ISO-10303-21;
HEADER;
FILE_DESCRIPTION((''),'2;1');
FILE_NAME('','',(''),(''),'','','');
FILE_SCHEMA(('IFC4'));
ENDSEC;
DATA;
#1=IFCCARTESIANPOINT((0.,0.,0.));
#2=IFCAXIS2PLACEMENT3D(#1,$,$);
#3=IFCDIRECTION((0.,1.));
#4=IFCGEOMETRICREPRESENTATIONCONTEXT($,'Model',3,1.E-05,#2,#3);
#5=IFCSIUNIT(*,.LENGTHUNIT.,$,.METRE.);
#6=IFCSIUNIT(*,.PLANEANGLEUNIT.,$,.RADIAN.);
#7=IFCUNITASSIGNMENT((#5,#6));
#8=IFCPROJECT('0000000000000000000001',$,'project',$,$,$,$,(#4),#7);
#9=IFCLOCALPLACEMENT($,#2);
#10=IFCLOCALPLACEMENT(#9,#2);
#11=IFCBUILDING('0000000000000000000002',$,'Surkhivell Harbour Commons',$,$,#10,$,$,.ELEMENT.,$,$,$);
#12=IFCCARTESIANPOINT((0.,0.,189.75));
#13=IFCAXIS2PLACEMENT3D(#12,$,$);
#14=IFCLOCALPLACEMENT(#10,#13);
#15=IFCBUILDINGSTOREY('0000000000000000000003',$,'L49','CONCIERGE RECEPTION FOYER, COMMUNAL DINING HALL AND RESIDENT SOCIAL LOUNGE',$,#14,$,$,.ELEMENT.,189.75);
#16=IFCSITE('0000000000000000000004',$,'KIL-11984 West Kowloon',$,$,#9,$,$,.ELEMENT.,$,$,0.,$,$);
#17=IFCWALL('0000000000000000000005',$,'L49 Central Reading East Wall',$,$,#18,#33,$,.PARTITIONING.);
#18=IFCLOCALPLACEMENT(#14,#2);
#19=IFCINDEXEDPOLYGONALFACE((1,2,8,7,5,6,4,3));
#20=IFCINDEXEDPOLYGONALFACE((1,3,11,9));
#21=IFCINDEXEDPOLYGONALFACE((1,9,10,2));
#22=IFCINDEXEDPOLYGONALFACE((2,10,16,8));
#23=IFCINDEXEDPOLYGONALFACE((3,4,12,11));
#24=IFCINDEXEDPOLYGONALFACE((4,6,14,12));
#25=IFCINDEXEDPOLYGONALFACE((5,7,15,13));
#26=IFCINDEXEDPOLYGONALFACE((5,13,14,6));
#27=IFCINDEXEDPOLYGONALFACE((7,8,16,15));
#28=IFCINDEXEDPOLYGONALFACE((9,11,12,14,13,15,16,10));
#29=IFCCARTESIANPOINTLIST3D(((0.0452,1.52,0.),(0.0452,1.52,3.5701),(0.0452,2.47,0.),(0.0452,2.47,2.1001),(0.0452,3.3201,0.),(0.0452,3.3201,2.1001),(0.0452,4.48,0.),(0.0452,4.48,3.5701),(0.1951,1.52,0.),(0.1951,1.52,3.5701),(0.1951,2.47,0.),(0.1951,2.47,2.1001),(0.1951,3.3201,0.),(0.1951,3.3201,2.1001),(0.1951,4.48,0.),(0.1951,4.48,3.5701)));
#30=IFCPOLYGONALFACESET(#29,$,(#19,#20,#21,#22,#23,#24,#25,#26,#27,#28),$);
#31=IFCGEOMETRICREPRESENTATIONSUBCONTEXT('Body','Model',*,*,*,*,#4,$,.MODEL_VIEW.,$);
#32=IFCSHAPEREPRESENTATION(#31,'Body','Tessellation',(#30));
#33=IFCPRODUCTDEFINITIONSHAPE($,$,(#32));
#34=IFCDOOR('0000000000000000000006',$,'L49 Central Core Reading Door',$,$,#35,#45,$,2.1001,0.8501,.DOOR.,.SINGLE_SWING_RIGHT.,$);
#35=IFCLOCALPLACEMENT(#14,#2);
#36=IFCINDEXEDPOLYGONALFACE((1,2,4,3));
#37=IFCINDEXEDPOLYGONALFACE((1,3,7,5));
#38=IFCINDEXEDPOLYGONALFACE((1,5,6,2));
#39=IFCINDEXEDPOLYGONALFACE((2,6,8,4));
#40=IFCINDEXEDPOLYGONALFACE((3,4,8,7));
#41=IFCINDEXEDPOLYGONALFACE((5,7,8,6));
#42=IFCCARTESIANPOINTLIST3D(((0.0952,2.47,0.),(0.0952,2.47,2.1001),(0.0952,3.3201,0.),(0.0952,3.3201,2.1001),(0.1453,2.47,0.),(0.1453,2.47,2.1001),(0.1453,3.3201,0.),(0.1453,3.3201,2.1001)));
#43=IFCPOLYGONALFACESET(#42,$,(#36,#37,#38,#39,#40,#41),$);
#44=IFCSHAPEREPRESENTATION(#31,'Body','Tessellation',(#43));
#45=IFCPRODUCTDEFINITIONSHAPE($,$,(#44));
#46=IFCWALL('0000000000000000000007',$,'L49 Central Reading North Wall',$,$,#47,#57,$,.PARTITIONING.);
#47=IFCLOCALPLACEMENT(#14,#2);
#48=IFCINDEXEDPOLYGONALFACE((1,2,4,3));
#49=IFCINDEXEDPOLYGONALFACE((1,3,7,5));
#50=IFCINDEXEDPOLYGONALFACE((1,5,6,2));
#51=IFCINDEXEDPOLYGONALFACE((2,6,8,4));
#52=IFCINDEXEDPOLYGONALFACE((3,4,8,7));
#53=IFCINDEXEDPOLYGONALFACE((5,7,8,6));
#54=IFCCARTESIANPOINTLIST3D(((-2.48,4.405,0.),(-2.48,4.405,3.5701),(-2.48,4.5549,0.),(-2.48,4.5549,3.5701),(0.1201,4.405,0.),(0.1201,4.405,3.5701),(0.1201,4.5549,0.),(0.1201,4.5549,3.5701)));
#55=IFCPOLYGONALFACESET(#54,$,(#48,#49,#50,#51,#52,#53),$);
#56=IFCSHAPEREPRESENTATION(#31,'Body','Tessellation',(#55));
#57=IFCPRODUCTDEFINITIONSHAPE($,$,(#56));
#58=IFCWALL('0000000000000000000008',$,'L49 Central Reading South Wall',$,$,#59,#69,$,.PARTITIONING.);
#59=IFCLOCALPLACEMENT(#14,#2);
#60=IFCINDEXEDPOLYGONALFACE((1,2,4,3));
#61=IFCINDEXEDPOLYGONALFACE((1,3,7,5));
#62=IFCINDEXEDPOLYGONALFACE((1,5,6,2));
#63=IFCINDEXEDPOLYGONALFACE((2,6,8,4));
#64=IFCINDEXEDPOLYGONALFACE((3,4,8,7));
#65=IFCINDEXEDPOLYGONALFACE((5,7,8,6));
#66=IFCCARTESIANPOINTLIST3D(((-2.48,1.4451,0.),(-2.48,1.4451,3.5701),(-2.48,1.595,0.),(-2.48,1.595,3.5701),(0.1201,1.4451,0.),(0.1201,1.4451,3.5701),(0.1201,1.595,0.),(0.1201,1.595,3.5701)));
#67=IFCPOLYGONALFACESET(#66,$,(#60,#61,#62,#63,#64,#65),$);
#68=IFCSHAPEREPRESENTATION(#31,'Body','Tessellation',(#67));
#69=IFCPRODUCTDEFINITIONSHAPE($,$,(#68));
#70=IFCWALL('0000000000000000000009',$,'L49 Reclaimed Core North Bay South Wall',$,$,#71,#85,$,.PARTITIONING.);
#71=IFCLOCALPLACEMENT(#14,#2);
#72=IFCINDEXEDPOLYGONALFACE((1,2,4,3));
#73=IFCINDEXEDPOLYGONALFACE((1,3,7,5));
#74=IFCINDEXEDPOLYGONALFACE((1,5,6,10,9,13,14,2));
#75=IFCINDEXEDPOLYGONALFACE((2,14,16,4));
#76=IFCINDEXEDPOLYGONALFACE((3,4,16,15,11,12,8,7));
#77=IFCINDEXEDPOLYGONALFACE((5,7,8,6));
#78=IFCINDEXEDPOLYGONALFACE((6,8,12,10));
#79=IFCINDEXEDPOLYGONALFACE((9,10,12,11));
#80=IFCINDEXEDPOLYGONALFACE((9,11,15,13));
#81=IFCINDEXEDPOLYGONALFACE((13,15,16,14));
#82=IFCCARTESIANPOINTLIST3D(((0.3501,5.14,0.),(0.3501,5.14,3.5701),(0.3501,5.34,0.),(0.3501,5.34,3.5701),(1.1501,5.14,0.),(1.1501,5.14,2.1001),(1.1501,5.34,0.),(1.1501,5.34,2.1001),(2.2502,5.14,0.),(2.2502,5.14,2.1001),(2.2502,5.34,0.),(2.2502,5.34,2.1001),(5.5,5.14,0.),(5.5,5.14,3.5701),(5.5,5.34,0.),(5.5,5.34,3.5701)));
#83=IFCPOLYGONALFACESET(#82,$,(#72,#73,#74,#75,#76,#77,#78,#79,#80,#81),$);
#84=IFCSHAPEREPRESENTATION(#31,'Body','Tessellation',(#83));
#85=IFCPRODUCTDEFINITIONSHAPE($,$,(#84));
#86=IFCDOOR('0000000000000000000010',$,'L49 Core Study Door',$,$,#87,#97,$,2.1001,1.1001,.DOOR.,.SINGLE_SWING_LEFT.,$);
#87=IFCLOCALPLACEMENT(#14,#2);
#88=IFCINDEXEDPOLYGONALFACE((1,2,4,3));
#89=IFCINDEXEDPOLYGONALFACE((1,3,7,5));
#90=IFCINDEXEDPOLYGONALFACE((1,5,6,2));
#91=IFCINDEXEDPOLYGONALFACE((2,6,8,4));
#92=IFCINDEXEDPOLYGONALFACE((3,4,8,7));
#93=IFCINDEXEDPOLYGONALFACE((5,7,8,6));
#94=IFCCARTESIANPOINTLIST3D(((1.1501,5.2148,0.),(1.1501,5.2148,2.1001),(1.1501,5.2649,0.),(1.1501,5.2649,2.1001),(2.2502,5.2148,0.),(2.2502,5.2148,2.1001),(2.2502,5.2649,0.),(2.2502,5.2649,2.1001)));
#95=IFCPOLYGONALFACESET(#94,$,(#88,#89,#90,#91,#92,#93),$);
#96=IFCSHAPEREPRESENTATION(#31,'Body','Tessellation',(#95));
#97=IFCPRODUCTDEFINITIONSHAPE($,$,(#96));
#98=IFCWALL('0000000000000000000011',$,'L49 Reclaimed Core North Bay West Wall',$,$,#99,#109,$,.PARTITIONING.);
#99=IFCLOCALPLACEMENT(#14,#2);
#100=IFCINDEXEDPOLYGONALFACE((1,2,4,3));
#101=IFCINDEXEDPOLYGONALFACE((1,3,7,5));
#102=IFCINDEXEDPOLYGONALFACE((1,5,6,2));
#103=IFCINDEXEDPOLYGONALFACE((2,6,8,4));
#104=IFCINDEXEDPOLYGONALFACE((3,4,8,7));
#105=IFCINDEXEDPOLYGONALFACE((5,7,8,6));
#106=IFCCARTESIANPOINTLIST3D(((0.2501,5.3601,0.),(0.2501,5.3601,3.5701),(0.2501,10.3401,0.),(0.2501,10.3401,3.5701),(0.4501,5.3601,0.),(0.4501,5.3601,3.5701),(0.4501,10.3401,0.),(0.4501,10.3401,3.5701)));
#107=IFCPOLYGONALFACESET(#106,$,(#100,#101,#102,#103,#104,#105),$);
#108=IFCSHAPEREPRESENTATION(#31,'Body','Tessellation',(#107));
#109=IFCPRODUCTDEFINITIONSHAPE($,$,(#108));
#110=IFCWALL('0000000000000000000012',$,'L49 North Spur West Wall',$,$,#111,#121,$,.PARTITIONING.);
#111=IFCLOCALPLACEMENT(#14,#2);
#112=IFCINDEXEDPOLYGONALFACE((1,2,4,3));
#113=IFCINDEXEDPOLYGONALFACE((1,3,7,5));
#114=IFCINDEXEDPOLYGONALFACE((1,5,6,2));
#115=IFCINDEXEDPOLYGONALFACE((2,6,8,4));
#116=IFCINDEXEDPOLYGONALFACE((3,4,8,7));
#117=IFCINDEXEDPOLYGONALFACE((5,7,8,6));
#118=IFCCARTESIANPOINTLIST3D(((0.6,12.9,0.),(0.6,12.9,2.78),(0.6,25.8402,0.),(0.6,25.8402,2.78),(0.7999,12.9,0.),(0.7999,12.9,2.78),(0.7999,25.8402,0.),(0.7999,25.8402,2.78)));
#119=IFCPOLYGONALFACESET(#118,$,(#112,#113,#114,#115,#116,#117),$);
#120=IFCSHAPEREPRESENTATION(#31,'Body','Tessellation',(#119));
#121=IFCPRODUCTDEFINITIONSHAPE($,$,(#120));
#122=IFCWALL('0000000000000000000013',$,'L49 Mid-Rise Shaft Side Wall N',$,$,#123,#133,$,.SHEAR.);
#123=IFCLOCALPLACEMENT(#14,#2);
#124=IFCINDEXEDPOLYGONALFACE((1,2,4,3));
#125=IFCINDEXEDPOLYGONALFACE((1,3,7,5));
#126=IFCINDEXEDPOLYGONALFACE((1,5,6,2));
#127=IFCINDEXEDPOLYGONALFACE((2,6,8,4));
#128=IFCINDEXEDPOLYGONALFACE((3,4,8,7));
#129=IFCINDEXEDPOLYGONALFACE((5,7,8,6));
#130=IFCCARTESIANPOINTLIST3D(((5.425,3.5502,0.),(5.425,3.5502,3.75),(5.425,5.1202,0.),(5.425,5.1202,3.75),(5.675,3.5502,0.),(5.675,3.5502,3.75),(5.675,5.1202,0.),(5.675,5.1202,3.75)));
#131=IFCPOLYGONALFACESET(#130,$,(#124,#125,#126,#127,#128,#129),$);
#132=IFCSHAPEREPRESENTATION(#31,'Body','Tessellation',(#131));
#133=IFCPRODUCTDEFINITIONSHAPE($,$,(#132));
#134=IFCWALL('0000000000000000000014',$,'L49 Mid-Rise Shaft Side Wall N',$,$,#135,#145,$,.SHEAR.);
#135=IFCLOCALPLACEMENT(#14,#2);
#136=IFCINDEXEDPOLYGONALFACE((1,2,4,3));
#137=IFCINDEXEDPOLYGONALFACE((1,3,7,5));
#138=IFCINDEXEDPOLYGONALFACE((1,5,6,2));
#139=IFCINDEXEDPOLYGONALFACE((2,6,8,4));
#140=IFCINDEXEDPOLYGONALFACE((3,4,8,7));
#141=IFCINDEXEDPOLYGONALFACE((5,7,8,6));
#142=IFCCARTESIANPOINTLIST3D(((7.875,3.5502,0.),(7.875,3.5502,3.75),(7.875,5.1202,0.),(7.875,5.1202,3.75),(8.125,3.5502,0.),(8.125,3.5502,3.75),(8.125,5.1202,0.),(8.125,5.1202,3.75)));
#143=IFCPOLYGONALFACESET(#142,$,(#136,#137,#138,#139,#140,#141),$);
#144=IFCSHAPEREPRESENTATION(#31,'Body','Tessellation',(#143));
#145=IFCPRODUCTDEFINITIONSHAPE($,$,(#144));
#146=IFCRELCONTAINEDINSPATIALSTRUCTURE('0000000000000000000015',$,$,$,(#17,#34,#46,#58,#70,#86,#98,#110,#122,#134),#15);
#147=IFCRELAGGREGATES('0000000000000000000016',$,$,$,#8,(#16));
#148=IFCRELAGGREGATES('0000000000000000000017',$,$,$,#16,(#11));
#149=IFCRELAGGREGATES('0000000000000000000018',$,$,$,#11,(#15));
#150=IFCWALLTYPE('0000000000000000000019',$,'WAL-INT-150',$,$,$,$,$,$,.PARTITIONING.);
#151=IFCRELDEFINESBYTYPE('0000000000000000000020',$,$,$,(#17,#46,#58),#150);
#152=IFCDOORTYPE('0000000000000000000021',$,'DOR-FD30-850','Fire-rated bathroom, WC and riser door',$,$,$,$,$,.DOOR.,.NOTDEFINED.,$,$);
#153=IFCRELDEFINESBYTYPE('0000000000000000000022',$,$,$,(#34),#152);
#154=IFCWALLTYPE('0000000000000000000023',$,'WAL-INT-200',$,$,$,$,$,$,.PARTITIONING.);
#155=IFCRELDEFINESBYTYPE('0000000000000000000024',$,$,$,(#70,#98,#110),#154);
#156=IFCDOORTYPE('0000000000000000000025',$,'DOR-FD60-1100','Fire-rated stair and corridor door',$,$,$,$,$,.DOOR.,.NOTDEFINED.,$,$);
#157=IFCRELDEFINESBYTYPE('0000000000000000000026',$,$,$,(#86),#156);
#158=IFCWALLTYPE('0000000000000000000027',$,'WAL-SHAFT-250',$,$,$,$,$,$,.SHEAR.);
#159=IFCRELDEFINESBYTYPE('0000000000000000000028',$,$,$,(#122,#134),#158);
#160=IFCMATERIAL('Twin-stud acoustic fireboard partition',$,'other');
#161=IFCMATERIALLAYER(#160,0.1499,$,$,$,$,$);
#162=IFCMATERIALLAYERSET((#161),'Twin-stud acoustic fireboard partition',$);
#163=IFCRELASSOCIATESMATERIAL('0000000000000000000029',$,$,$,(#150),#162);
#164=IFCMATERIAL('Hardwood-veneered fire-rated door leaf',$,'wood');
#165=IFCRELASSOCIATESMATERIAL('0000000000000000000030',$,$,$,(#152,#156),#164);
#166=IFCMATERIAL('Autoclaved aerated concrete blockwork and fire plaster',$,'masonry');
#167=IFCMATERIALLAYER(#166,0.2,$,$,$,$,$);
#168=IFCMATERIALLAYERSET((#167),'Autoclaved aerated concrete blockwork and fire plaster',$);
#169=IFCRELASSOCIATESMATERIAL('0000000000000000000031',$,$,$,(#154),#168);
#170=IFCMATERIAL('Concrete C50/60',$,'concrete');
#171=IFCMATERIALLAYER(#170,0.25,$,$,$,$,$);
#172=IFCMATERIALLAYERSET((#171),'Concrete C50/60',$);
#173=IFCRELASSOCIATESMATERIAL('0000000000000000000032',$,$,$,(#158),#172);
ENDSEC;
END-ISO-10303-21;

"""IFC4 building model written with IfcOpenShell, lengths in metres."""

from ifc_helpers import new_model, si_unit, direction, frame, frame_2d, origin, place, context, subcontext, project, spatial, rectangle, extrude, material, layer, layer_set, type_object, element, fill, save


model = new_model("IFC4")

# Units and contexts
model_context = context("Model", 3, precision=1e-05, world=origin(), true_north=direction((0.0, 1.0)))
body_context = subcontext(model_context, "Body", "Model", "MODEL_VIEW")
ifc_project = project(units=[si_unit("LENGTHUNIT", "METRE"), si_unit("PLANEANGLEUNIT", "RADIAN")], contexts=[model_context])

# Site, building, storey
site_placement = place(None, origin())
site = spatial("IfcSite", under=ifc_project, at=site_placement, Name="KIL-11984 West Kowloon", CompositionType="ELEMENT", RefElevation=0.0)
building_placement = place(site_placement, origin())
building = spatial("IfcBuilding", under=site, at=building_placement, Name="Surkhivell Harbour Commons", CompositionType="ELEMENT")
storey_placement = place(building_placement, frame((0.0, 0.0, 189.75)))
storey = spatial("IfcBuildingStorey", under=building, at=storey_placement, Name="L49", Description="CONCIERGE RECEPTION FOYER, COMMUNAL DINING HALL AND RESIDENT SOCIAL LOUNGE", CompositionType="ELEMENT", Elevation=189.75)

# Wall, opening, door
ifc_material_1 = material(Name="Twin-stud acoustic fireboard partition", Category="other")
ifc_layer_1 = layer(ifc_material_1, 0.1499)
ifc_layer_set_1 = layer_set([ifc_layer_1], Name="Twin-stud acoustic fireboard partition")
wall_type_1 = type_object("IfcWallType", Name="WAL-INT-150", PredefinedType="PARTITIONING", material=ifc_layer_set_1)
ifc_material_2 = material(Name="Hardwood-veneered fire-rated door leaf", Category="wood")
door_type_1 = type_object("IfcDoorType", Name="DOR-FD30-850", Description="Fire-rated bathroom, WC and riser door", OperationType="NOTDEFINED", PredefinedType="DOOR", material=ifc_material_2)
wall_1_placement = place(storey_placement, frame((0.1201, 1.52, 0.0), z_axis=(0.0, 0.0, 1.0), x_axis=(0.0, 1.0, 0.0)))
wall_1 = element("IfcWall", 1, at=wall_1_placement, inside=storey, type_object=wall_type_1, Name="L49 Central Reading East Wall", PredefinedType="PARTITIONING", context=body_context, shape_type="SweptSolid", body=[
    extrude(rectangle(XDim=2.96, YDim=0.1499, at=frame_2d((1.48, 0.0))), origin(), (0.0, 0.0, 1.0), 3.5701),
])
opening_1_placement = place(wall_1_placement, frame((0.95, 0.0, 0.0)))
opening_1 = element("IfcOpeningElement", 2, at=opening_1_placement, cuts=wall_1, PredefinedType="OPENING", context=body_context, shape_type="SweptSolid", body=[
    extrude(rectangle(XDim=0.8501, YDim=2.1001, at=frame_2d((0.425, 1.05))), frame((0.0, 0.085, 0.0), z_axis=(0.0, -1.0, 0.0), x_axis=(1.0, 0.0, 0.0)), (0.0, 0.0, 1.0), 0.1699),
])
door_1_placement = place(opening_1_placement, origin())
door_1 = element("IfcDoor", 3, at=door_1_placement, inside=storey, type_object=door_type_1, Name="L49 Central Core Reading Door", OperationType="SINGLE_SWING_RIGHT", OverallHeight=2.1001, OverallWidth=0.8501, PredefinedType="DOOR", context=body_context, shape_type="SweptSolid", body=[
    extrude(rectangle(XDim=0.8501, YDim=2.1001, at=frame_2d((0.425, 1.05))), frame((0.0, 0.0249, 0.0), z_axis=(0.0, -1.0, 0.0), x_axis=(1.0, 0.0, 0.0)), (0.0, 0.0, 1.0), 0.05),
])
fill(opening_1, door_1)

# Walls
for number, where, z_axis, x_axis, name in (
    (4, (-2.48, 4.48, 0.0), (0.0, 0.0, 1.0), (1.0, 0.0, 0.0), "L49 Central Reading North Wall"),
    (5, (-2.48, 1.52, 0.0), (0.0, 0.0, 1.0), (1.0, 0.0, 0.0), "L49 Central Reading South Wall"),
):
    element("IfcWall", number, at=place(storey_placement, frame(where, z_axis=z_axis, x_axis=x_axis)), inside=storey, type_object=wall_type_1, Name=name, PredefinedType="PARTITIONING", context=body_context, shape_type="SweptSolid", body=[
        extrude(rectangle(XDim=2.6001, YDim=0.1499, at=frame_2d((1.3, 0.0))), origin(), (0.0, 0.0, 1.0), 3.5701),
    ])

# Wall, opening, door
ifc_material_3 = material(Name="Autoclaved aerated concrete blockwork and fire plaster", Category="masonry")
ifc_layer_2 = layer(ifc_material_3, 0.2)
ifc_layer_set_2 = layer_set([ifc_layer_2], Name="Autoclaved aerated concrete blockwork and fire plaster")
wall_type_2 = type_object("IfcWallType", Name="WAL-INT-200", PredefinedType="PARTITIONING", material=ifc_layer_set_2)
wall_2_placement = place(storey_placement, frame((0.3501, 5.24, 0.0), z_axis=(0.0, 0.0, 1.0), x_axis=(1.0, 0.0, 0.0)))
wall_2 = element("IfcWall", 6, at=wall_2_placement, inside=storey, type_object=wall_type_2, Name="L49 Reclaimed Core North Bay South Wall", PredefinedType="PARTITIONING", context=body_context, shape_type="SweptSolid", body=[
    extrude(rectangle(XDim=5.1499, YDim=0.2, at=frame_2d((2.575, 0.0))), origin(), (0.0, 0.0, 1.0), 3.5701),
])
opening_2_placement = place(wall_2_placement, frame((0.8, 0.0, 0.0)))
opening_2 = element("IfcOpeningElement", 7, at=opening_2_placement, cuts=wall_2, PredefinedType="OPENING", context=body_context, shape_type="SweptSolid", body=[
    extrude(rectangle(XDim=1.1001, YDim=2.1001, at=frame_2d((0.55, 1.05))), frame((0.0, 0.1099, 0.0), z_axis=(0.0, -1.0, 0.0), x_axis=(1.0, 0.0, 0.0)), (0.0, 0.0, 1.0), 0.22),
])
door_type_2 = type_object("IfcDoorType", Name="DOR-FD60-1100", Description="Fire-rated stair and corridor door", OperationType="NOTDEFINED", PredefinedType="DOOR", material=ifc_material_2)
door_2_placement = place(opening_2_placement, origin())
door_2 = element("IfcDoor", 8, at=door_2_placement, inside=storey, type_object=door_type_2, Name="L49 Core Study Door", OperationType="SINGLE_SWING_LEFT", OverallHeight=2.1001, OverallWidth=1.1001, PredefinedType="DOOR", context=body_context, shape_type="SweptSolid", body=[
    extrude(rectangle(XDim=1.1001, YDim=2.1001, at=frame_2d((0.55, 1.05))), frame((0.0, 0.0249, 0.0), z_axis=(0.0, -1.0, 0.0), x_axis=(1.0, 0.0, 0.0)), (0.0, 0.0, 1.0), 0.05),
])
fill(opening_2, door_2)

# Walls
wall_3_placement = place(storey_placement, frame((0.3501, 5.3601, 0.0), z_axis=(0.0, 0.0, 1.0), x_axis=(0.0, 1.0, 0.0)))
element("IfcWall", 9, at=wall_3_placement, inside=storey, type_object=wall_type_2, Name="L49 Reclaimed Core North Bay West Wall", PredefinedType="PARTITIONING", context=body_context, shape_type="SweptSolid", body=[
    extrude(rectangle(XDim=4.98, YDim=0.2, at=frame_2d((2.49, 0.0))), origin(), (0.0, 0.0, 1.0), 3.5701),
])
wall_4_placement = place(storey_placement, frame((0.7, 12.8999, 0.0), z_axis=(0.0, 0.0, 1.0), x_axis=(0.0, 1.0, 0.0)))
element("IfcWall", 10, at=wall_4_placement, inside=storey, type_object=wall_type_2, Name="L49 North Spur West Wall", PredefinedType="PARTITIONING", context=body_context, shape_type="SweptSolid", body=[
    extrude(rectangle(XDim=12.9402, YDim=0.2, at=frame_2d((6.4702, 0.0))), origin(), (0.0, 0.0, 1.0), 2.78),
])
ifc_material_4 = material(Name="Concrete C50/60", Category="concrete")
ifc_layer_3 = layer(ifc_material_4, 0.25)
ifc_layer_set_3 = layer_set([ifc_layer_3], Name="Concrete C50/60")
wall_type_3 = type_object("IfcWallType", Name="WAL-SHAFT-250", PredefinedType="SHEAR", material=ifc_layer_set_3)
for number, where, z_axis, x_axis, name in (
    (11, (5.55, 3.55, 0.0), (0.0, 0.0, 1.0), (0.0, 1.0, 0.0), "L49 Mid-Rise Shaft Side Wall N"),
    (12, (8.0, 3.55, 0.0), (0.0, 0.0, 1.0), (0.0, 1.0, 0.0), "L49 Mid-Rise Shaft Side Wall N"),
):
    element("IfcWall", number, at=place(storey_placement, frame(where, z_axis=z_axis, x_axis=x_axis)), inside=storey, type_object=wall_type_3, Name=name, PredefinedType="SHEAR", context=body_context, shape_type="SweptSolid", body=[
        extrude(rectangle(XDim=1.5701, YDim=0.25, at=frame_2d((0.7852, 0.0))), origin(), (0.0, 0.0, 1.0), 3.75),
    ])

save(model, "model.ifc")
